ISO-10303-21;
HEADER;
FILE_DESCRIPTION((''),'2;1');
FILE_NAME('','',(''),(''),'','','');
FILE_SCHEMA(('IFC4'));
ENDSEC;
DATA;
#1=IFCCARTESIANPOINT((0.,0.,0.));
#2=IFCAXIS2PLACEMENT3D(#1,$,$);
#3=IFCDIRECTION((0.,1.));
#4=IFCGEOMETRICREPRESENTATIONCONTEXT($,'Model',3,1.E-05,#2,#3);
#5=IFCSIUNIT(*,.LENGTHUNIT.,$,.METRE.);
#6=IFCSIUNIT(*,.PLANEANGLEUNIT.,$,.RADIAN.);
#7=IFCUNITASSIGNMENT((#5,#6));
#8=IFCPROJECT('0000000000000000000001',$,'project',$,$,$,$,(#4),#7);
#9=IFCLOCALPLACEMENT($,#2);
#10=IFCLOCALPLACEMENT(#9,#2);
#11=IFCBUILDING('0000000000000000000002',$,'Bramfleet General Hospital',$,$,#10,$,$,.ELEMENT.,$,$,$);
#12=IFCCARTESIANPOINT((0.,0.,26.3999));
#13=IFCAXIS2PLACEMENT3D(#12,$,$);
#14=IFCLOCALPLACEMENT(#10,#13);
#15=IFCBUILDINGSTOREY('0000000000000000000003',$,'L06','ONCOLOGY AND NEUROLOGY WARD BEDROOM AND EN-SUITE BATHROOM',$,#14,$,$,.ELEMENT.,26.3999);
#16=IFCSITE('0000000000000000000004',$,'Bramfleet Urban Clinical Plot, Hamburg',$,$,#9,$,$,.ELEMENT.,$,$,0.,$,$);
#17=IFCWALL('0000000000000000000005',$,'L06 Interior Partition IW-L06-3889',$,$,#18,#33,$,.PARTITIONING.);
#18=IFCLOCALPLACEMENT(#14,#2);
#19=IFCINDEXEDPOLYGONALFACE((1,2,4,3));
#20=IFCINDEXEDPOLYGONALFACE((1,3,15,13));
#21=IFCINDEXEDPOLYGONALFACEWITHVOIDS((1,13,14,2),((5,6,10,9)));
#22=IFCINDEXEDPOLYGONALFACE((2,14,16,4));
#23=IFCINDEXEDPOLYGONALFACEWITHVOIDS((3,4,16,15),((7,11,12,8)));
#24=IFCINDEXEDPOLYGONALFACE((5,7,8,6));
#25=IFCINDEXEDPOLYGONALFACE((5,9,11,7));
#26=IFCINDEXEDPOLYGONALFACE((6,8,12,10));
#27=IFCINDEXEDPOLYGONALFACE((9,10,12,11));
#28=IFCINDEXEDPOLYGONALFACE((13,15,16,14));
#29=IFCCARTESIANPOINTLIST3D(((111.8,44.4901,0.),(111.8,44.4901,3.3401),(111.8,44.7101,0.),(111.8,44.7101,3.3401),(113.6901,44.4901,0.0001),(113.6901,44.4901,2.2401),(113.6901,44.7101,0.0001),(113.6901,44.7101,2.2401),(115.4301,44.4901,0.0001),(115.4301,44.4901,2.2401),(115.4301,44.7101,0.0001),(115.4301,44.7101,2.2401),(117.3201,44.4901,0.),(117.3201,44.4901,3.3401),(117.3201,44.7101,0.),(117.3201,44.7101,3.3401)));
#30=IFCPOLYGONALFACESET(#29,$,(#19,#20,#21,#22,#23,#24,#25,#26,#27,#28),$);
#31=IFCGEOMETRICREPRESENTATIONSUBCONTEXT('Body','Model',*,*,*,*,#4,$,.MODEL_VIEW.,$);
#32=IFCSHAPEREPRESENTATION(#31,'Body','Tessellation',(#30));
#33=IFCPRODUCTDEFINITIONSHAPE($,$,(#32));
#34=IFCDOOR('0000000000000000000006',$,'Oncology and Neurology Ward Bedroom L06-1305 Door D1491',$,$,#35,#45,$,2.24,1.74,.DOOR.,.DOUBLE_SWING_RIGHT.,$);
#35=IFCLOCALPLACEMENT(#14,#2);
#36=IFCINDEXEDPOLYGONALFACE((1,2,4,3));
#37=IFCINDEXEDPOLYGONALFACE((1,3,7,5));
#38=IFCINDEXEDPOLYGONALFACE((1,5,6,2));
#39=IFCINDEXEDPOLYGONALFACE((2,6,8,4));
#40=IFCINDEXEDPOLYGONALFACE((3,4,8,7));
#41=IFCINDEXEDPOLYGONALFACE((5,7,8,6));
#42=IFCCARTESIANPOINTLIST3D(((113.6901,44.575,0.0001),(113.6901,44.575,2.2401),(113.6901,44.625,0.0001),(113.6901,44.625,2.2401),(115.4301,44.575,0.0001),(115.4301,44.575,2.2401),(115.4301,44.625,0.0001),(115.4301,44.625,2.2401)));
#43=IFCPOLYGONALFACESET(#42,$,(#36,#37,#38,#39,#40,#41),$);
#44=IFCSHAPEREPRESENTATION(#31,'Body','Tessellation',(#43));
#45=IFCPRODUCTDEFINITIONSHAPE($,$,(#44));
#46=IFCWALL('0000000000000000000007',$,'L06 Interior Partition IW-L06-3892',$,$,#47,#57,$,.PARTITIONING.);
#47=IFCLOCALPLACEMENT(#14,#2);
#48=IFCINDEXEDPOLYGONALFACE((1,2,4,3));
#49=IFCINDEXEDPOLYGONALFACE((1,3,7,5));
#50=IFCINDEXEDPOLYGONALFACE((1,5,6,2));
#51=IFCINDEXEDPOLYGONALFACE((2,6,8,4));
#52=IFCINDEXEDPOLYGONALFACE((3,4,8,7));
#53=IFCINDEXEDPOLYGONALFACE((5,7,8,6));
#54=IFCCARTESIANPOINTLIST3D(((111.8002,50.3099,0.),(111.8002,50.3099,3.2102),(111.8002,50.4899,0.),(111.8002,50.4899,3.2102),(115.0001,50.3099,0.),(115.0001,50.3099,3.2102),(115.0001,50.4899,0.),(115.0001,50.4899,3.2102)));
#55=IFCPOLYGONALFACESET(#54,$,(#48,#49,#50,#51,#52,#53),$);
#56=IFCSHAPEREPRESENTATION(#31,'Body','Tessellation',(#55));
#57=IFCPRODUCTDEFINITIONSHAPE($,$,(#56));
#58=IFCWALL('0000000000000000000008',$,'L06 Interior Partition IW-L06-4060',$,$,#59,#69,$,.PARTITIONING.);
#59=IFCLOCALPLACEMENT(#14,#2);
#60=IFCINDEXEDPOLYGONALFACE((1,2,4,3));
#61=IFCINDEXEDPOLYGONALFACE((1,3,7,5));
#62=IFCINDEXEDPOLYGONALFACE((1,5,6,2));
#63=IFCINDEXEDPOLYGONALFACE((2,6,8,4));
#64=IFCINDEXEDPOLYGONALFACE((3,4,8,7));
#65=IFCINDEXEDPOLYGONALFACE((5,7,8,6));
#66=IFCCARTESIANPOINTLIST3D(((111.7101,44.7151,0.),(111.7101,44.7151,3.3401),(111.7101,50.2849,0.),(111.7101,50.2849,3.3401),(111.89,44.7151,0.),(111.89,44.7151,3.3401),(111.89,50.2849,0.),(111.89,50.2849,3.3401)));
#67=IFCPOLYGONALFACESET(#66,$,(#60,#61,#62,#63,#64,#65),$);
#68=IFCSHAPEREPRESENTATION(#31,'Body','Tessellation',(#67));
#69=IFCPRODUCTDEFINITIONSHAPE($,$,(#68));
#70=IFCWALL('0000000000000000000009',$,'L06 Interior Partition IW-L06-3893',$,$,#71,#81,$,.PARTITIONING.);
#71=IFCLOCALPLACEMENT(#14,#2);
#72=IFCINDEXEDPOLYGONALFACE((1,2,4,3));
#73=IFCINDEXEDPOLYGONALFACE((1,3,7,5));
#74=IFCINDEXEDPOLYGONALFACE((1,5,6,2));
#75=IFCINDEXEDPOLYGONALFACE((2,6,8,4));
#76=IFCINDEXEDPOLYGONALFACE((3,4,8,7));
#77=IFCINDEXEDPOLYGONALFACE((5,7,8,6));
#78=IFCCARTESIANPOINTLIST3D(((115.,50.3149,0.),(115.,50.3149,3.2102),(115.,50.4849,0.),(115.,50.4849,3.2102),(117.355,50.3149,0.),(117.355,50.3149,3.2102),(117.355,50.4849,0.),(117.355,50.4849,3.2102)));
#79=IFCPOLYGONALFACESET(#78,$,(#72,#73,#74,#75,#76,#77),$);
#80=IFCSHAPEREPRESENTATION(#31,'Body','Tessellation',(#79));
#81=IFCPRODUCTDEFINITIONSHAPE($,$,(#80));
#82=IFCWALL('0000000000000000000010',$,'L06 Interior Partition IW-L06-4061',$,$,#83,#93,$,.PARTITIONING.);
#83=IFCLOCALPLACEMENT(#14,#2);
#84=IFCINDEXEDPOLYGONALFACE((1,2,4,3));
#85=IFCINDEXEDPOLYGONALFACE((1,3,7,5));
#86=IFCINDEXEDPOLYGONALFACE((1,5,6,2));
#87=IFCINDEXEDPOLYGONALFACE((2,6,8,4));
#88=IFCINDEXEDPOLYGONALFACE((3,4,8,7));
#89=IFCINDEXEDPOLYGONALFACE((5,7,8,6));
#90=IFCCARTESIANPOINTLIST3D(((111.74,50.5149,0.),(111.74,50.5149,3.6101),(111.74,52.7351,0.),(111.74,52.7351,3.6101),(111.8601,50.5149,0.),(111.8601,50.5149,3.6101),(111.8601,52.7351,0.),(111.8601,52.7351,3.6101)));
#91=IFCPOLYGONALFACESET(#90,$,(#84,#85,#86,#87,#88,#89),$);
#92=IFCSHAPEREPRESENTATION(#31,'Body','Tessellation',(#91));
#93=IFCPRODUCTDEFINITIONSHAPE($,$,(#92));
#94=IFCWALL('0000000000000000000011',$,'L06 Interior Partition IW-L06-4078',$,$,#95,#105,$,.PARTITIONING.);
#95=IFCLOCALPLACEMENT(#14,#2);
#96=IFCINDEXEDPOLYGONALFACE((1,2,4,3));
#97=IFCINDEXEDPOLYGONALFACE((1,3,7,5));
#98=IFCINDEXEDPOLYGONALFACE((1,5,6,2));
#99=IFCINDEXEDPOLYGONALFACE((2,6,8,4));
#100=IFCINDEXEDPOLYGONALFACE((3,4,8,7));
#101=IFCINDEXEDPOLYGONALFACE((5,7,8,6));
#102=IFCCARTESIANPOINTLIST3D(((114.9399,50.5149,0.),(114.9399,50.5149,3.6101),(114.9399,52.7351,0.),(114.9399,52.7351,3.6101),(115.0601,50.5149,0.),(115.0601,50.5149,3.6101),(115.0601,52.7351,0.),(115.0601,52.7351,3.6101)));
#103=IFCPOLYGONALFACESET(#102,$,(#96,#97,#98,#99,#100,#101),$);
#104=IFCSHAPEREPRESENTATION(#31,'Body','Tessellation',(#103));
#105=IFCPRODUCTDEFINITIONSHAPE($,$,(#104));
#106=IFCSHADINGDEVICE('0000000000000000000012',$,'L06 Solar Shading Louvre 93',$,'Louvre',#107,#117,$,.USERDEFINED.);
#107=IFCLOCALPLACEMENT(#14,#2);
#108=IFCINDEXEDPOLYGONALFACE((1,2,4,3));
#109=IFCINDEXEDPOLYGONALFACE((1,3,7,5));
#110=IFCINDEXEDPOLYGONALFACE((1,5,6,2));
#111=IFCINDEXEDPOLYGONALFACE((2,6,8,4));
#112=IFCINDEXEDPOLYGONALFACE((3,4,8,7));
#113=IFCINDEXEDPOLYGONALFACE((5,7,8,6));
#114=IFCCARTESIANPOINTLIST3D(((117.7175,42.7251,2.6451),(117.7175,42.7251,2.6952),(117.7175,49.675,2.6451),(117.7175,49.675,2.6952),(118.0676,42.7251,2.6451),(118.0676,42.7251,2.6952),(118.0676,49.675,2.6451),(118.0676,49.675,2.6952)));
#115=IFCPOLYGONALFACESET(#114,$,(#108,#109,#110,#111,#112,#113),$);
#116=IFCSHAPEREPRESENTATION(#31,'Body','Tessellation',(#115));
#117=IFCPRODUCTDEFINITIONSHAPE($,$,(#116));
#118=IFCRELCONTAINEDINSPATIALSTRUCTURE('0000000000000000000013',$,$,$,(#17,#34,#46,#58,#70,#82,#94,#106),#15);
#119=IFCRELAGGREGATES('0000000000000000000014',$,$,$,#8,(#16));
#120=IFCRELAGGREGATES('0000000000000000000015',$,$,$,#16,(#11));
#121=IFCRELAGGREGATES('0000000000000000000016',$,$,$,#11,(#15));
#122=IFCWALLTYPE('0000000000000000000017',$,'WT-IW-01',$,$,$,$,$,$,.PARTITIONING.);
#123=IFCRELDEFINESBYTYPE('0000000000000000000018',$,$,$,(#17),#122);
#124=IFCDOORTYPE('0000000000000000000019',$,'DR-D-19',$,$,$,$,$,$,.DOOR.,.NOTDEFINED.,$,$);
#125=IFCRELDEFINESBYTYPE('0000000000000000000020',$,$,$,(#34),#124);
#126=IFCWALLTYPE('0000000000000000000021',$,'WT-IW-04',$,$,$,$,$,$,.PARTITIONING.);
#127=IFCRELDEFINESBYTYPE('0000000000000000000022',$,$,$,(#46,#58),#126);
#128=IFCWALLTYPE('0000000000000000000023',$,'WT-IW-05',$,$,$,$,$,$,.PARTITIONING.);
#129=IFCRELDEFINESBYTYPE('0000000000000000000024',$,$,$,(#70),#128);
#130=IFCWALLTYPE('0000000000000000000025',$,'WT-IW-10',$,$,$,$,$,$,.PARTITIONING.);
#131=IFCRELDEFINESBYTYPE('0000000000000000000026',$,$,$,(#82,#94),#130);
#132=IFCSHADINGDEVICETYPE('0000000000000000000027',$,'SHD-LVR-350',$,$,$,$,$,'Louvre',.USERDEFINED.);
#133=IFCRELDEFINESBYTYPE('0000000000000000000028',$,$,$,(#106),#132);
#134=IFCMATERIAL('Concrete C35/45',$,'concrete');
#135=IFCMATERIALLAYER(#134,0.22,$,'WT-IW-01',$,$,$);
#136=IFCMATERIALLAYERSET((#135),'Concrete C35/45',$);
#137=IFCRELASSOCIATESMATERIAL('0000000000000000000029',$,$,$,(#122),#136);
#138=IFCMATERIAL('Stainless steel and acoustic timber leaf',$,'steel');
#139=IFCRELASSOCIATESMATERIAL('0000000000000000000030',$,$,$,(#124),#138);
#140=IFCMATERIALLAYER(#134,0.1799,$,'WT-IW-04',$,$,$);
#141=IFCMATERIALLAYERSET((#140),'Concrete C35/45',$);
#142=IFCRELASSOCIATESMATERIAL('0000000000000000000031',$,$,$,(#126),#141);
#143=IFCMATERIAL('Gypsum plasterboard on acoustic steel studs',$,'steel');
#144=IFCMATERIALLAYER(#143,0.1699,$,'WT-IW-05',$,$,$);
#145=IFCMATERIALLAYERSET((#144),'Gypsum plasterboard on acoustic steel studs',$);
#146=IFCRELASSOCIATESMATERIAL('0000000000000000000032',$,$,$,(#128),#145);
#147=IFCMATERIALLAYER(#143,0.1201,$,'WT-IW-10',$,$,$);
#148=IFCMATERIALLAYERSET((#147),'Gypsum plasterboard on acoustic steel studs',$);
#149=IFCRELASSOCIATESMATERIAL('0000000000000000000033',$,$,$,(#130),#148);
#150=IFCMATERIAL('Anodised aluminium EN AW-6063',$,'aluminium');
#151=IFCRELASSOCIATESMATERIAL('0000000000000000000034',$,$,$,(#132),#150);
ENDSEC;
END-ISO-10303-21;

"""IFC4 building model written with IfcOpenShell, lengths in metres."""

from ifc_helpers import new_model, si_unit, direction, frame, frame_2d, origin, origin_2d, place, context, subcontext, project, spatial, rectangle, extrude, material, layer, layer_set, material_profile, profile_set, type_object, element, fill, save


model = new_model("IFC4")

# Units and contexts
model_context = context("Model", 3, precision=1e-05, world=origin(), true_north=direction((0.0, 1.0)))
body_context = subcontext(model_context, "Body", "Model", "MODEL_VIEW")
ifc_project = project(units=[si_unit("LENGTHUNIT", "METRE"), si_unit("PLANEANGLEUNIT", "RADIAN")], contexts=[model_context])

# Site, building, storey
site_placement = place(None, origin())
site = spatial("IfcSite", under=ifc_project, at=site_placement, Name="Bramfleet Urban Clinical Plot, Hamburg", CompositionType="ELEMENT", RefElevation=0.0)
building_placement = place(site_placement, origin())
building = spatial("IfcBuilding", under=site, at=building_placement, Name="Bramfleet General Hospital", CompositionType="ELEMENT")
storey_placement = place(building_placement, frame((0.0, 0.0, 26.3999)))
storey = spatial("IfcBuildingStorey", under=building, at=storey_placement, Name="L06", Description="ONCOLOGY AND NEUROLOGY WARD BEDROOM AND EN-SUITE BATHROOM", CompositionType="ELEMENT", Elevation=26.3999)

# Wall, opening, door
ifc_material_1 = material(Name="Concrete C35/45", Category="concrete")
ifc_layer_1 = layer(ifc_material_1, 0.22, Name="WT-IW-01")
ifc_layer_set_1 = layer_set([ifc_layer_1], Name="Concrete C35/45")
wall_type_1 = type_object("IfcWallType", Name="WT-IW-01", PredefinedType="PARTITIONING", material=ifc_layer_set_1)
wall_1_placement = place(storey_placement, frame((111.8, 44.6001, 0.0), z_axis=(0.0, 0.0, 1.0), x_axis=(1.0, 0.0, 0.0)))
wall_1 = element("IfcWall", 1, at=wall_1_placement, inside=storey, type_object=wall_type_1, Name="L06 Interior Partition IW-L06-3889", PredefinedType="PARTITIONING", context=body_context, shape_type="SweptSolid", body=[
    extrude(rectangle(XDim=5.52, YDim=0.22, at=frame_2d((2.76, 0.0))), origin(), (0.0, 0.0, 1.0), 3.3401),
])
opening_1_placement = place(wall_1_placement, frame((1.8899, 0.0, 0.0)))
opening_1 = element("IfcOpeningElement", 2, at=opening_1_placement, cuts=wall_1, PredefinedType="OPENING", context=body_context, shape_type="SweptSolid", body=[
    extrude(rectangle(XDim=1.74, YDim=2.24, at=frame_2d((0.8701, 1.1201))), frame((0.0, 0.1199, 0.0), z_axis=(0.0, -1.0, 0.0), x_axis=(1.0, 0.0, 0.0)), (0.0, 0.0, 1.0), 0.24),
])
ifc_material_2 = material(Name="Stainless steel and acoustic timber leaf", Category="steel")
door_type = type_object("IfcDoorType", Name="DR-D-19", OperationType="NOTDEFINED", PredefinedType="DOOR", material=ifc_material_2)
door_placement = place(opening_1_placement, origin())
door = element("IfcDoor", 3, at=door_placement, inside=storey, type_object=door_type, Name="Oncology and Neurology Ward Bedroom L06-1305 Door D1491", OperationType="DOUBLE_SWING_RIGHT", OverallHeight=2.24, OverallWidth=1.74, PredefinedType="DOOR", context=body_context, shape_type="SweptSolid", body=[
    extrude(rectangle(XDim=1.74, YDim=2.24, at=frame_2d((0.8701, 1.1201))), frame((0.0, 0.0249, 0.0), z_axis=(0.0, -1.0, 0.0), x_axis=(1.0, 0.0, 0.0)), (0.0, 0.0, 1.0), 0.05),
])
fill(opening_1, door)

# Walls
ifc_layer_2 = layer(ifc_material_1, 0.1799, Name="WT-IW-04")
ifc_layer_set_2 = layer_set([ifc_layer_2], Name="Concrete C35/45")
wall_type_2 = type_object("IfcWallType", Name="WT-IW-04", PredefinedType="PARTITIONING", material=ifc_layer_set_2)
wall_2_placement = place(storey_placement, frame((111.8, 50.3999, 0.0), z_axis=(0.0, 0.0, 1.0), x_axis=(1.0, 0.0, 0.0)))
element("IfcWall", 4, at=wall_2_placement, inside=storey, type_object=wall_type_2, Name="L06 Interior Partition IW-L06-3892", PredefinedType="PARTITIONING", context=body_context, shape_type="SweptSolid", body=[
    extrude(rectangle(XDim=3.2, YDim=0.1799, at=frame_2d((1.6001, 0.0))), origin(), (0.0, 0.0, 1.0), 3.2102),
])
wall_3_placement = place(storey_placement, frame((111.8, 44.7151, 0.0), z_axis=(0.0, 0.0, 1.0), x_axis=(0.0, 1.0, 0.0)))
element("IfcWall", 5, at=wall_3_placement, inside=storey, type_object=wall_type_2, Name="L06 Interior Partition IW-L06-4060", PredefinedType="PARTITIONING", context=body_context, shape_type="SweptSolid", body=[
    extrude(rectangle(XDim=5.5698, YDim=0.1799, at=frame_2d((2.7849, 0.0))), origin(), (0.0, 0.0, 1.0), 3.3401),
])
ifc_material_3 = material(Name="Gypsum plasterboard on acoustic steel studs", Category="steel")
ifc_layer_3 = layer(ifc_material_3, 0.1699, Name="WT-IW-05")
ifc_layer_set_3 = layer_set([ifc_layer_3], Name="Gypsum plasterboard on acoustic steel studs")
wall_type_3 = type_object("IfcWallType", Name="WT-IW-05", PredefinedType="PARTITIONING", material=ifc_layer_set_3)
wall_4_placement = place(storey_placement, frame((115.0, 50.3999, 0.0), z_axis=(0.0, 0.0, 1.0), x_axis=(1.0, 0.0, 0.0)))
element("IfcWall", 6, at=wall_4_placement, inside=storey, type_object=wall_type_3, Name="L06 Interior Partition IW-L06-3893", PredefinedType="PARTITIONING", context=body_context, shape_type="SweptSolid", body=[
    extrude(rectangle(XDim=2.355, YDim=0.1699, at=frame_2d((1.1775, 0.0))), origin(), (0.0, 0.0, 1.0), 3.2102),
])
ifc_layer_4 = layer(ifc_material_3, 0.1201, Name="WT-IW-10")
ifc_layer_set_4 = layer_set([ifc_layer_4], Name="Gypsum plasterboard on acoustic steel studs")
wall_type_4 = type_object("IfcWallType", Name="WT-IW-10", PredefinedType="PARTITIONING", material=ifc_layer_set_4)
for number, where, z_axis, x_axis, name in (
    (7, (111.8, 50.5149, 0.0), (0.0, 0.0, 1.0), (0.0, 1.0, 0.0), "L06 Interior Partition IW-L06-4061"),
    (8, (115.0, 50.5149, 0.0), (0.0, 0.0, 1.0), (0.0, 1.0, 0.0), "L06 Interior Partition IW-L06-4078"),
):
    element("IfcWall", number, at=place(storey_placement, frame(where, z_axis=z_axis, x_axis=x_axis)), inside=storey, type_object=wall_type_4, Name=name, PredefinedType="PARTITIONING", context=body_context, shape_type="SweptSolid", body=[
        extrude(rectangle(XDim=2.2202, YDim=0.1201, at=frame_2d((1.1101, 0.0))), origin(), (0.0, 0.0, 1.0), 3.6101),
    ])

# Shading device
ifc_material_4 = material(Name="Anodised aluminium EN AW-6063", Category="aluminium")
ifc_material_profile_1 = material_profile(ifc_material_4, rectangle(XDim=0.05, YDim=0.3501, at=origin_2d()), Name="ALU LOUVRE 350x50")
ifc_profile_set_1 = profile_set([ifc_material_profile_1], Name="Anodised aluminium EN AW-6063")
shading_device_type = type_object("IfcShadingDeviceType", Name="SHD-LVR-350", ElementType="Louvre", PredefinedType="USERDEFINED", material=ifc_profile_set_1)
shading_device_placement = place(storey_placement, frame((117.8926, 49.675, 2.6702), z_axis=(0.0, -1.0, 0.0), x_axis=(0.0, 0.0, 1.0)))
element("IfcShadingDevice", 9, at=shading_device_placement, inside=storey, type_object=shading_device_type, Name="L06 Solar Shading Louvre 93", ObjectType="Louvre", PredefinedType="USERDEFINED", context=body_context, shape_type="SweptSolid", body=[
    extrude(rectangle(XDim=0.05, YDim=0.3501, at=origin_2d()), origin(), (0.0, 0.0, 1.0), 6.95),
])

save(model, "model.ifc")
